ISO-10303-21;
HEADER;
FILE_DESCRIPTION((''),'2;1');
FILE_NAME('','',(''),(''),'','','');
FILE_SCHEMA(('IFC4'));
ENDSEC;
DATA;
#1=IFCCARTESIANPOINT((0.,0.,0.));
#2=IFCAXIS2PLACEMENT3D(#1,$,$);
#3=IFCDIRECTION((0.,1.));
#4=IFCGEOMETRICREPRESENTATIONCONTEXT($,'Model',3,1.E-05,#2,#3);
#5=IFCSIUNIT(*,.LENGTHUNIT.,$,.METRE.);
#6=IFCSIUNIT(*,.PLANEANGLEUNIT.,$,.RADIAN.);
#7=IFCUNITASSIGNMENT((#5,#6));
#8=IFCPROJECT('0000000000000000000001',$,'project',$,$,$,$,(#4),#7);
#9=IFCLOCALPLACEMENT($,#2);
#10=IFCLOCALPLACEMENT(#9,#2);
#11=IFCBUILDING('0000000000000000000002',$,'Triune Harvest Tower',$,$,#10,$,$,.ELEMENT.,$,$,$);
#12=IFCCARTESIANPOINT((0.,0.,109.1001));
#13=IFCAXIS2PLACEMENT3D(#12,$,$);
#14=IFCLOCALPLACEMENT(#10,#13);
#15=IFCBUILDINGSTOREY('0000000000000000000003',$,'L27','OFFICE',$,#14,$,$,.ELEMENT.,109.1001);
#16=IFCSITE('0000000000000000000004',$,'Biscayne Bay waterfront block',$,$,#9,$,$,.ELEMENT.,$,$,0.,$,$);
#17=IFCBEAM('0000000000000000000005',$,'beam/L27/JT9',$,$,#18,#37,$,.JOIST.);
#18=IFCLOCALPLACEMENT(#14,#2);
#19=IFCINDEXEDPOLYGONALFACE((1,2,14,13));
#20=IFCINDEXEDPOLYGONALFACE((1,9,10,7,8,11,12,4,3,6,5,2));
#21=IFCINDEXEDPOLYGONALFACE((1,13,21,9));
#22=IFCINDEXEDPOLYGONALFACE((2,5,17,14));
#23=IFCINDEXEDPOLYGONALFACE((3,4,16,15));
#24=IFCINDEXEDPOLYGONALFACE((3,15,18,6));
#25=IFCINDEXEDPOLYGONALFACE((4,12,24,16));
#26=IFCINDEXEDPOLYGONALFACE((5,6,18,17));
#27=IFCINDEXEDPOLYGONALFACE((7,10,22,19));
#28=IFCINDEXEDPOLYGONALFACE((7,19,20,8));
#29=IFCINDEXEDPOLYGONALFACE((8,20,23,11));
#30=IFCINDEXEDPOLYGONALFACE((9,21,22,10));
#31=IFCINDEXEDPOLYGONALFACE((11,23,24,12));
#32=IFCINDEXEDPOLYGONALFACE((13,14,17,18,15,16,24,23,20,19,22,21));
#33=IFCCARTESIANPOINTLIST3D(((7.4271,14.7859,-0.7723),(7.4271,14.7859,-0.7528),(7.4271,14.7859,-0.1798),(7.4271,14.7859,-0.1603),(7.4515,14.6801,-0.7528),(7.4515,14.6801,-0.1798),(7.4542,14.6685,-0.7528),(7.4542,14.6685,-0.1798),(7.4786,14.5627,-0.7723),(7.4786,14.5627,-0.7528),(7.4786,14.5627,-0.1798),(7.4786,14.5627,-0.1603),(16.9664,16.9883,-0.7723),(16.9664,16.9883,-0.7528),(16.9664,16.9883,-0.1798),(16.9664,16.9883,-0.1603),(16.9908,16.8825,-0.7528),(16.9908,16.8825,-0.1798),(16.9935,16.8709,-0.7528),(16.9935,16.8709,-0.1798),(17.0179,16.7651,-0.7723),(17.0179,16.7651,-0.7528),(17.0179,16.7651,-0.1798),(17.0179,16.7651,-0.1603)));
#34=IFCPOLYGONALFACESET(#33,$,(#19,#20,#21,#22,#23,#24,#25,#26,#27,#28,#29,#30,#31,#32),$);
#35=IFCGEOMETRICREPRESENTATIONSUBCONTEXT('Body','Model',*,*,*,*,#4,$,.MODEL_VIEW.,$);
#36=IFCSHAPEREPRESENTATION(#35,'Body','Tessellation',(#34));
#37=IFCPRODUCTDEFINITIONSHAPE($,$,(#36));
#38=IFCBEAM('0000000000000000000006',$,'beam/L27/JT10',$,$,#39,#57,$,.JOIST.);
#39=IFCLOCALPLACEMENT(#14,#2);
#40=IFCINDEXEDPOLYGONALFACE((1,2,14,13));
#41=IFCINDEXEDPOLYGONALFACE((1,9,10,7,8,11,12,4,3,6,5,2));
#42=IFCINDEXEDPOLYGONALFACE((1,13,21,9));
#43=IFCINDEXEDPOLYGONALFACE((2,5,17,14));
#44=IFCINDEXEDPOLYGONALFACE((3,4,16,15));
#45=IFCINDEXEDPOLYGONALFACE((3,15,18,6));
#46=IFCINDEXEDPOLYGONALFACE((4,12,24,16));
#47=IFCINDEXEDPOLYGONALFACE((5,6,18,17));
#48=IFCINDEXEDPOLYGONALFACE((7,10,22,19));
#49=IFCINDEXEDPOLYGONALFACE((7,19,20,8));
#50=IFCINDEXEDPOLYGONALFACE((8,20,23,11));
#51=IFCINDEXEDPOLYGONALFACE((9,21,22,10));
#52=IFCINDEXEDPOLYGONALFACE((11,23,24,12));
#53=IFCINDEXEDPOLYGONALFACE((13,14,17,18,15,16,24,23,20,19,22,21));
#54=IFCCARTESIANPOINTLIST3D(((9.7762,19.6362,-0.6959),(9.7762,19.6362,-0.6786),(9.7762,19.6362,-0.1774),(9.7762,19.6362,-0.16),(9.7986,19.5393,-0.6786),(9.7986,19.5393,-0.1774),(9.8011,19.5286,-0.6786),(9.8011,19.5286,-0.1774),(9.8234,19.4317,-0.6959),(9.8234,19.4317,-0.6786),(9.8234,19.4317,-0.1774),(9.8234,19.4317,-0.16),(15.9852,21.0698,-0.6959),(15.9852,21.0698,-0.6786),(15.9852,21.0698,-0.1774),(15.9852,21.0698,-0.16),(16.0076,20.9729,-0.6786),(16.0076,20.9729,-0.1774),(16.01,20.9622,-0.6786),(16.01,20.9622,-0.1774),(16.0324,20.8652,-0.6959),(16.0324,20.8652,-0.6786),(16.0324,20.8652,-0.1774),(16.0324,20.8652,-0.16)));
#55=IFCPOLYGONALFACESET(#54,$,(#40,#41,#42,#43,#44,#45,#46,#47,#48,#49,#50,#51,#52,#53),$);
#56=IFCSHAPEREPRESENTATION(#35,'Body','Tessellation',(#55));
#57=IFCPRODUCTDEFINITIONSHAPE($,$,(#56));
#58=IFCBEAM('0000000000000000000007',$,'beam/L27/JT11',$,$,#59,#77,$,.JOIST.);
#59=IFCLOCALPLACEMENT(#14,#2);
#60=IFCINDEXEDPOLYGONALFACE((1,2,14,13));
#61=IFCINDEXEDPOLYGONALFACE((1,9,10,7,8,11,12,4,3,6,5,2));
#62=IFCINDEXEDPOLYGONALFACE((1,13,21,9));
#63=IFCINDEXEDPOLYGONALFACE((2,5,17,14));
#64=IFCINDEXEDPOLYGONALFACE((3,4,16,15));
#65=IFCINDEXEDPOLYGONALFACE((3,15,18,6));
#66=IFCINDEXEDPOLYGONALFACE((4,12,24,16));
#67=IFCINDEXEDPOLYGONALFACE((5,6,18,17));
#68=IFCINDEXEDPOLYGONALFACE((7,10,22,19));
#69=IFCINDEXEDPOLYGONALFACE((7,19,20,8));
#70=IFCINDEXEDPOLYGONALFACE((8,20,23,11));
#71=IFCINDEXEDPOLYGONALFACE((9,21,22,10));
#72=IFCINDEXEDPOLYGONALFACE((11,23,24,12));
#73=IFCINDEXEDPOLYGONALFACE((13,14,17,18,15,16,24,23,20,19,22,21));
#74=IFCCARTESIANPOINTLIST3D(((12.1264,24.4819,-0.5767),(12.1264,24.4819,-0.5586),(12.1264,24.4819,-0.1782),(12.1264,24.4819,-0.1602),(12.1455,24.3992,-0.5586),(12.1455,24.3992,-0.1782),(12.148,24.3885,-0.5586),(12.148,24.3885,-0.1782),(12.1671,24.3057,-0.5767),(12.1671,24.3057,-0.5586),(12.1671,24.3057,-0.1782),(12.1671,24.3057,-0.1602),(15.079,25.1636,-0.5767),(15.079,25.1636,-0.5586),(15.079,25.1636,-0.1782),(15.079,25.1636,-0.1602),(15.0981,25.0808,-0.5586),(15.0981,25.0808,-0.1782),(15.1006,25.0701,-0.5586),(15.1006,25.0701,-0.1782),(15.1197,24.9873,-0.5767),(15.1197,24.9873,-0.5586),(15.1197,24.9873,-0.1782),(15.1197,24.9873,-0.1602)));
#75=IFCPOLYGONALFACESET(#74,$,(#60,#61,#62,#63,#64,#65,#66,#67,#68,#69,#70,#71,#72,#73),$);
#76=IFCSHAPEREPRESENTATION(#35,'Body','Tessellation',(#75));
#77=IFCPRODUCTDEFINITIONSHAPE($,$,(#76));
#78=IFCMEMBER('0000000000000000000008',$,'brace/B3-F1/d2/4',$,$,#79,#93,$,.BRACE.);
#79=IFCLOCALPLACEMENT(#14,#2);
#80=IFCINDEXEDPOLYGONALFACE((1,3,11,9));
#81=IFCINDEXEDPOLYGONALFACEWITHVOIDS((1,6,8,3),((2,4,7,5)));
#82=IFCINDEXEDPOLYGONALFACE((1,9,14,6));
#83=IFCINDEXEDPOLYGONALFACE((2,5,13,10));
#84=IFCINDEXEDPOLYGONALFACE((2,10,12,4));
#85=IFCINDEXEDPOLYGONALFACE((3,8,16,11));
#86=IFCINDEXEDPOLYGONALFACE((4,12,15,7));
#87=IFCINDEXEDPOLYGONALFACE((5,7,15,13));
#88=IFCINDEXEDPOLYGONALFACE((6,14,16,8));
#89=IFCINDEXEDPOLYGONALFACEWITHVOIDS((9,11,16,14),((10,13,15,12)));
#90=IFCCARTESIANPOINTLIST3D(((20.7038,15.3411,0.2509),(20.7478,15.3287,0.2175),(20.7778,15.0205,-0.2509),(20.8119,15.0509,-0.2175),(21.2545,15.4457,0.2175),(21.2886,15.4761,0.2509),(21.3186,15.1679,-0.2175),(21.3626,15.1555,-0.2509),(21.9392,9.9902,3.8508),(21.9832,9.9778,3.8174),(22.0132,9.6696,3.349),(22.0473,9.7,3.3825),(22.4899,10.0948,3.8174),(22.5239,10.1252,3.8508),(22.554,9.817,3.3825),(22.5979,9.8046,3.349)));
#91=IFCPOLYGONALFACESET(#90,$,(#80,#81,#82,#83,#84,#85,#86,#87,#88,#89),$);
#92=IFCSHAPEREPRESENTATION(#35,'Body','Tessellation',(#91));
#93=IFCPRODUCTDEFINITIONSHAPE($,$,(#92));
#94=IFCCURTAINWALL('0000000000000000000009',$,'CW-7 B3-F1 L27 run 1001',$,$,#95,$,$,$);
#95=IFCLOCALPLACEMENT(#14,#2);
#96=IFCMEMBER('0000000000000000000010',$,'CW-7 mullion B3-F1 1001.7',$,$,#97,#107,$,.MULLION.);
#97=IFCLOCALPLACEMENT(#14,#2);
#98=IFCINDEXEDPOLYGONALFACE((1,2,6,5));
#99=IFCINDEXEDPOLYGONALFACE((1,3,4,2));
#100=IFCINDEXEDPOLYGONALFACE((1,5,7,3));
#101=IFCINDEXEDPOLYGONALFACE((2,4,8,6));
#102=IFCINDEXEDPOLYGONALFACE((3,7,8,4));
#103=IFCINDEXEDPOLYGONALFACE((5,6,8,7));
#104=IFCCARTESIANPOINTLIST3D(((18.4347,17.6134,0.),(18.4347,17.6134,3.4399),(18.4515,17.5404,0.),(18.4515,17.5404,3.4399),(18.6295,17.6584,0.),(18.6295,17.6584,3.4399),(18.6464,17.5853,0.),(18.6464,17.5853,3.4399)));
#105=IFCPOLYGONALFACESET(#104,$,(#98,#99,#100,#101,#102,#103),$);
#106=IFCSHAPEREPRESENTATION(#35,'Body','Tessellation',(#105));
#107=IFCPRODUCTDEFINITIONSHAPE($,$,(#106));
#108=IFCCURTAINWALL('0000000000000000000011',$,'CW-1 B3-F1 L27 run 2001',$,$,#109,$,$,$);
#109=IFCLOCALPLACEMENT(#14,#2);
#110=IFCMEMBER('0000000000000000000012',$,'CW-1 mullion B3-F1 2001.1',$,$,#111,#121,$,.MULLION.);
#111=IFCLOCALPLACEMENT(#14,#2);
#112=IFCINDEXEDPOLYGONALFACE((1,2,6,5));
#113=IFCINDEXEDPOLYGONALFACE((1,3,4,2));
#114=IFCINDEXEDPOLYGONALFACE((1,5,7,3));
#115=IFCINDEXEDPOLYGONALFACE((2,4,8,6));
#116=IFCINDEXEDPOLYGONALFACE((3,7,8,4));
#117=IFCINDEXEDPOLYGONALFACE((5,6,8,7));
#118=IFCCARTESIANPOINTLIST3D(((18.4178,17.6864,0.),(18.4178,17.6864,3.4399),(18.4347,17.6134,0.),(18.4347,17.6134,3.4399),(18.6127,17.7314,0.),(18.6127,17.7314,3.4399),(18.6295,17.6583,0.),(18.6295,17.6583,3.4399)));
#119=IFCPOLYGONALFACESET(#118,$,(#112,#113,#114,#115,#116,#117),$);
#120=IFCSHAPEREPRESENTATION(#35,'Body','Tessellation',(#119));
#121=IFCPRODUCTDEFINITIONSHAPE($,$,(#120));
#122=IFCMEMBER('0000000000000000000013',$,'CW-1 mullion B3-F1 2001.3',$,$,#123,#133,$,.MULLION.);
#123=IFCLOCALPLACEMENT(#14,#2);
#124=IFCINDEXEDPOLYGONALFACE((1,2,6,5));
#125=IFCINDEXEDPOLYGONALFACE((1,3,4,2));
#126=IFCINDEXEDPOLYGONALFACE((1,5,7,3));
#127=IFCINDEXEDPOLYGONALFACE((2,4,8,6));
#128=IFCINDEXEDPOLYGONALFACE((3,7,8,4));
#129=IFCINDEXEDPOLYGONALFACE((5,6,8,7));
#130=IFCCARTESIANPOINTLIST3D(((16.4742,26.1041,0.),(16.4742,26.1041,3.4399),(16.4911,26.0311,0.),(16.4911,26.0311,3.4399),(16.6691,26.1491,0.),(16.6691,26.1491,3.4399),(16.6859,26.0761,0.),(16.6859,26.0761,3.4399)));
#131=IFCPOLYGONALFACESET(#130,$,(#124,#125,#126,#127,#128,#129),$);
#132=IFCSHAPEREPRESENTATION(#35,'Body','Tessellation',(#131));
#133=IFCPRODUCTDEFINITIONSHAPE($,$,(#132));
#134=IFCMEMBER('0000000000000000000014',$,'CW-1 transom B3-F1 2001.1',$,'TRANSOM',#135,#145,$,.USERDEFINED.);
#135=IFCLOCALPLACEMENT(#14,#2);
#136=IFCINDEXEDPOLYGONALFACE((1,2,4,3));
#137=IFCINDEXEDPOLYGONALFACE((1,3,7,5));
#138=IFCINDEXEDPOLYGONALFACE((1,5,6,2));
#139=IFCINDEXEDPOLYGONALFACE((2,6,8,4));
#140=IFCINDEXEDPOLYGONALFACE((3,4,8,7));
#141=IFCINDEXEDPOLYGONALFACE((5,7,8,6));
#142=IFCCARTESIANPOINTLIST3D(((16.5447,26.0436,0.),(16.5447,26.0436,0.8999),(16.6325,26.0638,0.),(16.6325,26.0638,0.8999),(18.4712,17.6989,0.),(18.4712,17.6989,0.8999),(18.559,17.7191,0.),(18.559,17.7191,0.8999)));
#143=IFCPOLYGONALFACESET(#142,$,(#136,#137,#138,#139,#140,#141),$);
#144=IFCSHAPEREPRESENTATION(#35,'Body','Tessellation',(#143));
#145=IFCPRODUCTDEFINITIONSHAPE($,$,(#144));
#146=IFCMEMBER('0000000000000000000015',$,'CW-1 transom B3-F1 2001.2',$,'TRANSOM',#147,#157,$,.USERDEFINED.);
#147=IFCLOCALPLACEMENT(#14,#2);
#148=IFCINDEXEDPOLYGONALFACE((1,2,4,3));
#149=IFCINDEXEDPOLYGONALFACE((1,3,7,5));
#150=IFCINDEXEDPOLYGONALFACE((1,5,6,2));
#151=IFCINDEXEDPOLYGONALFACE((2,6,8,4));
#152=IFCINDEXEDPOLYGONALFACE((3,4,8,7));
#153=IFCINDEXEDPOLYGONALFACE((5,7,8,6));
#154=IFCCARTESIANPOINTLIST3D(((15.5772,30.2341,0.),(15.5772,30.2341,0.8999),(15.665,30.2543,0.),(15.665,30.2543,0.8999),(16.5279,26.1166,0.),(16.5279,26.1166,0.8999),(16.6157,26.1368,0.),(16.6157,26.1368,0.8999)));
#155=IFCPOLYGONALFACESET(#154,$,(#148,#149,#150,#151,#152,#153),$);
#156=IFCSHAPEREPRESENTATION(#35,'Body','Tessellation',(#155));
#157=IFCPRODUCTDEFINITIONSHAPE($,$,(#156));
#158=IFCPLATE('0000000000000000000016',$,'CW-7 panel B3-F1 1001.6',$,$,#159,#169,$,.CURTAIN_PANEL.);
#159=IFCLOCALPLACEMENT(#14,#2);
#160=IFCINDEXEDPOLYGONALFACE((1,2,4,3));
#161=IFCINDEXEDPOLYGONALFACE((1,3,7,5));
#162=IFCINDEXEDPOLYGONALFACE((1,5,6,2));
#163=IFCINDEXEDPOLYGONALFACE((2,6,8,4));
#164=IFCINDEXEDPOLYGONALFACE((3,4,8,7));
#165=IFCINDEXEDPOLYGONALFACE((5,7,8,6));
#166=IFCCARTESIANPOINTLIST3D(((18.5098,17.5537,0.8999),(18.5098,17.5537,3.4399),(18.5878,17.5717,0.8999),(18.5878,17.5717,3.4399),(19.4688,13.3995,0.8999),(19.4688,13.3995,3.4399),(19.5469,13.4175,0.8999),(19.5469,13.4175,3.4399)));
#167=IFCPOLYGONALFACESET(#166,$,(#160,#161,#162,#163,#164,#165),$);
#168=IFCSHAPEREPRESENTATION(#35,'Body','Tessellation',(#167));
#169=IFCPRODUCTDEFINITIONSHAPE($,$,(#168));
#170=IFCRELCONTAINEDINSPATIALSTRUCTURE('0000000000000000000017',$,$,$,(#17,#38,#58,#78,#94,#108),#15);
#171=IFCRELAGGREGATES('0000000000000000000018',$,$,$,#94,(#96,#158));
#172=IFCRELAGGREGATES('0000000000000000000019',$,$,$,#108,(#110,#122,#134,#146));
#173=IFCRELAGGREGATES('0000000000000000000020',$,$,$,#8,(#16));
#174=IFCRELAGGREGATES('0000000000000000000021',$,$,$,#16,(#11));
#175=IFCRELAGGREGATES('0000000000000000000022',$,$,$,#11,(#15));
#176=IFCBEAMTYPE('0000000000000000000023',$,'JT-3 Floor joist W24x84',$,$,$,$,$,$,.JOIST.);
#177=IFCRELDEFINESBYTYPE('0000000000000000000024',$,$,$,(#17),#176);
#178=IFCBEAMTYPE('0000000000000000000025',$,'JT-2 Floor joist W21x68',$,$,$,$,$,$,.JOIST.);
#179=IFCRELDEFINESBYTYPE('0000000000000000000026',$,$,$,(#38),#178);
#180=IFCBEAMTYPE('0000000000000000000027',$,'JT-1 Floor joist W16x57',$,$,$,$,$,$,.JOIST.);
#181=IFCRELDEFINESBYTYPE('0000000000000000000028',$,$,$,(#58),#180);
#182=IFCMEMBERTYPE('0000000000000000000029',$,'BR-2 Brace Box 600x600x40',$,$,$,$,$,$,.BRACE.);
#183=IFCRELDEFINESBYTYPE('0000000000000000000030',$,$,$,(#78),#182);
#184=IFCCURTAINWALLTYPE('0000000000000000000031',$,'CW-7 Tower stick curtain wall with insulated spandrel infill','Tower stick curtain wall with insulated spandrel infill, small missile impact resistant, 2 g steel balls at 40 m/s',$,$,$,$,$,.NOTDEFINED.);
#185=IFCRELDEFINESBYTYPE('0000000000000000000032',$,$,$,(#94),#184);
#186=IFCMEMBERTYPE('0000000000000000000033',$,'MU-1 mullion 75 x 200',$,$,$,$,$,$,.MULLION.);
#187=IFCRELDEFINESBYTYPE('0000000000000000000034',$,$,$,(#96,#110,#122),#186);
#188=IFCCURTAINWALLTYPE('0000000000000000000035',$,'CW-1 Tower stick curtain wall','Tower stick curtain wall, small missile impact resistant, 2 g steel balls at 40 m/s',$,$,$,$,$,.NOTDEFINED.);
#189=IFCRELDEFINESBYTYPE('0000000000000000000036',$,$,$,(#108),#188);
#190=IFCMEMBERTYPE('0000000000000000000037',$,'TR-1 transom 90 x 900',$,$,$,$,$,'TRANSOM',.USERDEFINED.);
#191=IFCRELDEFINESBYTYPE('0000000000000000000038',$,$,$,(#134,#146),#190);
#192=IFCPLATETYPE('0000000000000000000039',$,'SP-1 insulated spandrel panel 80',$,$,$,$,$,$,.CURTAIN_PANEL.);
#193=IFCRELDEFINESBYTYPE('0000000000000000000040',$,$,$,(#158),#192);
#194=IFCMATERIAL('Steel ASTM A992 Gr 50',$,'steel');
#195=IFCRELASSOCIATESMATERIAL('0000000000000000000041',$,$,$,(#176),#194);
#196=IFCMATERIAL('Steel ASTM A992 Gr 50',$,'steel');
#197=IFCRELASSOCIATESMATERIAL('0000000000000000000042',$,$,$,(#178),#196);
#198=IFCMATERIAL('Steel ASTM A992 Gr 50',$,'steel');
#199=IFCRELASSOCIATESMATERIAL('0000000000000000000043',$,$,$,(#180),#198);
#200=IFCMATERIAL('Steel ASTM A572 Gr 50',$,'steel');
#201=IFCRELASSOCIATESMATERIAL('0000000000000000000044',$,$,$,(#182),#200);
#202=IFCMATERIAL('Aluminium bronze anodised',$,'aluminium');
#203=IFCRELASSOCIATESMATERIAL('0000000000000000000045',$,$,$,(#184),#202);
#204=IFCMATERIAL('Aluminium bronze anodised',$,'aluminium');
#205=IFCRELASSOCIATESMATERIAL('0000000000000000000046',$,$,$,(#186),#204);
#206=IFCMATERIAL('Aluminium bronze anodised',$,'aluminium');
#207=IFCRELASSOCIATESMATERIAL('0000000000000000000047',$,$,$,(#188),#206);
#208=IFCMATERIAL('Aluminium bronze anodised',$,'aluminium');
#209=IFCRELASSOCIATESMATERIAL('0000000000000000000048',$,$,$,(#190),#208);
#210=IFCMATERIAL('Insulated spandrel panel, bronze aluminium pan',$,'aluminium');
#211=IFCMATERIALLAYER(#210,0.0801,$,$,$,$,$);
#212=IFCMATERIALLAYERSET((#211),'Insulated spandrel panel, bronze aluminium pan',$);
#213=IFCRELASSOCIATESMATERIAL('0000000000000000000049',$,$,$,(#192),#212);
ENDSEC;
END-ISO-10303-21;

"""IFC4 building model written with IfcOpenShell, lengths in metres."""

from ifc_helpers import new_model, si_unit, direction, frame, origin, origin_2d, place, context, subcontext, project, spatial, rectangle, hollow_rectangle, i_section, extrude, source, transform, mapped, material, layer, layer_set, material_profile, profile_set, type_object, element, aggregate, save


model = new_model("IFC4")

# Units and contexts
model_context = context("Model", 3, precision=1e-05, world=origin(), true_north=direction((0.0, 1.0)))
body_context = subcontext(model_context, "Body", "Model", "MODEL_VIEW")
ifc_project = project(units=[si_unit("LENGTHUNIT", "METRE"), si_unit("PLANEANGLEUNIT", "RADIAN")], contexts=[model_context])

# Site, building, storey
site_placement = place(None, origin())
site = spatial("IfcSite", under=ifc_project, at=site_placement, Name="Biscayne Bay waterfront block", CompositionType="ELEMENT", RefElevation=0.0)
building_placement = place(site_placement, origin())
building = spatial("IfcBuilding", under=site, at=building_placement, Name="Triune Harvest Tower", CompositionType="ELEMENT")
storey_placement = place(building_placement, frame((0.0, 0.0, 109.1001)))
storey = spatial("IfcBuildingStorey", under=building, at=storey_placement, Name="L27", Description="OFFICE", CompositionType="ELEMENT", Elevation=109.1001)

# Beams
ifc_material_1 = material(Name="Steel ASTM A992 Gr 50", Category="steel")
ifc_material_profile_1 = material_profile(ifc_material_1, i_section(OverallWidth=0.229, OverallDepth=0.6121, WebThickness=0.012, FlangeThickness=0.0195, at=origin_2d()), Name="W24x84")
ifc_profile_set_1 = profile_set([ifc_material_profile_1], Name="Steel ASTM A992 Gr 50")
beam_type_1 = type_object("IfcBeamType", Name="JT-3 Floor joist W24x84", PredefinedType="JOIST", material=ifc_profile_set_1)
shared_shape_1 = source(origin(), body_context, "Body", "SweptSolid", [
    extrude(i_section(OverallWidth=0.229, OverallDepth=0.6121, WebThickness=0.012, FlangeThickness=0.0195, at=origin_2d()), origin(), (0.0, 0.0, 1.0), 9.7903),
])
beam_1_placement = place(storey_placement, frame((16.9922, 16.8767, -0.4663), z_axis=(-0.974368, -0.224958, 0.0), x_axis=(0.224958, -0.974368, 0.0)))
element("IfcBeam", 1, at=beam_1_placement, inside=storey, type_object=beam_type_1, Name="beam/L27/JT9", PredefinedType="JOIST", context=body_context, shape_type="MappedRepresentation", body=[
    mapped(shared_shape_1, transform((0.0, 0.0, 0.0), scale=1.0)),
])
ifc_material_2 = material(Name="Steel ASTM A992 Gr 50", Category="steel")
ifc_material_profile_2 = material_profile(ifc_material_2, i_section(OverallWidth=0.21, OverallDepth=0.5359, WebThickness=0.011, FlangeThickness=0.0173, at=origin_2d()), Name="W21x68")
ifc_profile_set_2 = profile_set([ifc_material_profile_2], Name="Steel ASTM A992 Gr 50")
beam_type_2 = type_object("IfcBeamType", Name="JT-2 Floor joist W21x68", PredefinedType="JOIST", material=ifc_profile_set_2)
shared_shape_2 = source(origin(), body_context, "Body", "SweptSolid", [
    extrude(i_section(OverallWidth=0.21, OverallDepth=0.5359, WebThickness=0.011, FlangeThickness=0.0173, at=origin_2d()), origin(), (0.0, 0.0, 1.0), 6.3723),
])
beam_2_placement = place(storey_placement, frame((16.0088, 20.9675, -0.428), z_axis=(-0.974365, -0.224971, 0.0), x_axis=(0.224971, -0.974365, 0.0)))
element("IfcBeam", 2, at=beam_2_placement, inside=storey, type_object=beam_type_2, Name="beam/L27/JT10", PredefinedType="JOIST", context=body_context, shape_type="MappedRepresentation", body=[
    mapped(shared_shape_2, transform((0.0, 0.0, 0.0), scale=1.0)),
])
ifc_material_3 = material(Name="Steel ASTM A992 Gr 50", Category="steel")
ifc_material_profile_3 = material_profile(ifc_material_3, i_section(OverallWidth=0.1809, OverallDepth=0.4165, WebThickness=0.011, FlangeThickness=0.0181, at=origin_2d()), Name="W16x57")
ifc_profile_set_3 = profile_set([ifc_material_profile_3], Name="Steel ASTM A992 Gr 50")
beam_type_3 = type_object("IfcBeamType", Name="JT-1 Floor joist W16x57", PredefinedType="JOIST", material=ifc_profile_set_3)
shared_shape_3 = source(origin(), body_context, "Body", "SweptSolid", [
    extrude(i_section(OverallWidth=0.1809, OverallDepth=0.4165, WebThickness=0.011, FlangeThickness=0.0181, at=origin_2d()), origin(), (0.0, 0.0, 1.0), 3.0303),
])
beam_3_placement = place(storey_placement, frame((15.0994, 25.0754, -0.3684), z_axis=(-0.974372, -0.224942, 0.0), x_axis=(0.224942, -0.974372, 0.0)))
element("IfcBeam", 3, at=beam_3_placement, inside=storey, type_object=beam_type_3, Name="beam/L27/JT11", PredefinedType="JOIST", context=body_context, shape_type="MappedRepresentation", body=[
    mapped(shared_shape_3, transform((0.0, 0.0, 0.0), scale=1.0)),
])

# Member
ifc_material_4 = material(Name="Steel ASTM A572 Gr 50", Category="steel")
ifc_material_profile_4 = material_profile(ifc_material_4, hollow_rectangle(XDim=0.6001, YDim=0.6001, WallThickness=0.04, at=origin_2d()), Name="Box 600x600x40")
ifc_profile_set_4 = profile_set([ifc_material_profile_4], Name="Steel ASTM A572 Gr 50")
member_type_1 = type_object("IfcMemberType", Name="BR-2 Brace Box 600x600x40", PredefinedType="BRACE", material=ifc_profile_set_4)
shared_shape_4 = source(origin(), body_context, "Body", "SweptSolid", [
    extrude(hollow_rectangle(XDim=0.6001, YDim=0.6001, WallThickness=0.04, at=origin_2d()), origin(), (0.0, 0.0, 1.0), 6.5664),
])
member_1_placement = place(storey_placement, frame((21.0332, 15.2483, 0.0), z_axis=(0.188135, -0.814892, 0.548231), x_axis=(0.974369, 0.224954, 0.0)))
element("IfcMember", 4, at=member_1_placement, inside=storey, type_object=member_type_1, Name="brace/B3-F1/d2/4", PredefinedType="BRACE", context=body_context, shape_type="MappedRepresentation", body=[
    mapped(shared_shape_4, transform((0.0, 0.0, 0.0), scale=1.0)),
])

# Curtain wall, member
ifc_material_5 = material(Name="Aluminium bronze anodised", Category="aluminium")
curtain_wall_type_1 = type_object("IfcCurtainWallType", Name="CW-7 Tower stick curtain wall with insulated spandrel infill", Description="Tower stick curtain wall with insulated spandrel infill, small missile impact resistant, 2 g steel balls at 40 m/s", PredefinedType="NOTDEFINED", material=ifc_material_5)
curtain_wall_1_placement = place(storey_placement, origin())
curtain_wall_1 = element("IfcCurtainWall", 5, at=curtain_wall_1_placement, inside=storey, type_object=curtain_wall_type_1, Name="CW-7 B3-F1 L27 run 1001")
ifc_material_6 = material(Name="Aluminium bronze anodised", Category="aluminium")
ifc_material_profile_5 = material_profile(ifc_material_6, rectangle(XDim=0.2, YDim=0.075, at=origin_2d()), Name="MU-1 mullion 75 x 200")
ifc_profile_set_5 = profile_set([ifc_material_profile_5], Name="Aluminium bronze anodised")
member_type_2 = type_object("IfcMemberType", Name="MU-1 mullion 75 x 200", PredefinedType="MULLION", material=ifc_profile_set_5)
shared_shape_5 = source(origin(), body_context, "Body", "SweptSolid", [
    extrude(rectangle(XDim=0.2, YDim=0.075, at=origin_2d()), origin(), (0.0, 0.0, 1.0), 3.4399),
])
member_2_placement = place(storey_placement, frame((18.5405, 17.5994, 0.0), z_axis=(0.0, 0.0, 1.0), x_axis=(-0.97437, -0.224952, 0.0)))
member_2 = element("IfcMember", 6, at=member_2_placement, type_object=member_type_2, Name="CW-7 mullion B3-F1 1001.7", PredefinedType="MULLION", context=body_context, shape_type="MappedRepresentation", body=[
    mapped(shared_shape_5, transform((0.0, 0.0, 0.0), scale=1.0)),
])

# Curtain wall, members
ifc_material_7 = material(Name="Aluminium bronze anodised", Category="aluminium")
curtain_wall_type_2 = type_object("IfcCurtainWallType", Name="CW-1 Tower stick curtain wall", Description="Tower stick curtain wall, small missile impact resistant, 2 g steel balls at 40 m/s", PredefinedType="NOTDEFINED", material=ifc_material_7)
curtain_wall_2_placement = place(storey_placement, origin())
curtain_wall_2 = element("IfcCurtainWall", 7, at=curtain_wall_2_placement, inside=storey, type_object=curtain_wall_type_2, Name="CW-1 B3-F1 L27 run 2001")
member_3_placement = place(storey_placement, frame((18.5237, 17.6724, 0.0), z_axis=(0.0, 0.0, 1.0), x_axis=(-0.97437, -0.224951, 0.0)))
member_3 = element("IfcMember", 8, at=member_3_placement, type_object=member_type_2, Name="CW-1 mullion B3-F1 2001.1", PredefinedType="MULLION", context=body_context, shape_type="MappedRepresentation", body=[
    mapped(shared_shape_5, transform((0.0, 0.0, 0.0), scale=1.0)),
])
member_4_placement = place(storey_placement, frame((16.5801, 26.0901, 0.0), z_axis=(0.0, 0.0, 1.0), x_axis=(-0.97437, -0.224951, 0.0)))
member_4 = element("IfcMember", 9, at=member_4_placement, type_object=member_type_2, Name="CW-1 mullion B3-F1 2001.3", PredefinedType="MULLION", context=body_context, shape_type="MappedRepresentation", body=[
    mapped(shared_shape_5, transform((0.0, 0.0, 0.0), scale=1.0)),
])
ifc_material_8 = material(Name="Aluminium bronze anodised", Category="aluminium")
ifc_material_profile_6 = material_profile(ifc_material_8, rectangle(XDim=0.0901, YDim=0.8999, at=origin_2d()), Name="TR-1 transom 90 x 900")
ifc_profile_set_6 = profile_set([ifc_material_profile_6], Name="Aluminium bronze anodised")
member_type_3 = type_object("IfcMemberType", Name="TR-1 transom 90 x 900", ElementType="TRANSOM", PredefinedType="USERDEFINED", material=ifc_profile_set_6)
shared_shape_6 = source(origin(), body_context, "Body", "SweptSolid", [
    extrude(rectangle(XDim=0.0901, YDim=0.8999, at=origin_2d()), origin(), (0.0, 0.0, 1.0), 8.5642),
])
member_5_placement = place(storey_placement, frame((18.5151, 17.709, 0.45), z_axis=(-0.224949, 0.974371, 0.0), x_axis=(-0.974371, -0.224949, 0.0)))
member_5 = element("IfcMember", 10, at=member_5_placement, type_object=member_type_3, Name="CW-1 transom B3-F1 2001.1", ObjectType="TRANSOM", PredefinedType="USERDEFINED", context=body_context, shape_type="MappedRepresentation", body=[
    mapped(shared_shape_6, transform((0.0, 0.0, 0.0), scale=1.0)),
])
shared_shape_7 = source(origin(), body_context, "Body", "SweptSolid", [
    extrude(rectangle(XDim=0.0901, YDim=0.8999, at=origin_2d()), origin(), (0.0, 0.0, 1.0), 4.2258),
])
member_6_placement = place(storey_placement, frame((16.5718, 26.1267, 0.45), z_axis=(-0.224973, 0.974365, 0.0), x_axis=(-0.974365, -0.224973, 0.0)))
member_6 = element("IfcMember", 11, at=member_6_placement, type_object=member_type_3, Name="CW-1 transom B3-F1 2001.2", ObjectType="TRANSOM", PredefinedType="USERDEFINED", context=body_context, shape_type="MappedRepresentation", body=[
    mapped(shared_shape_7, transform((0.0, 0.0, 0.0), scale=1.0)),
])

# Plate
ifc_material_9 = material(Name="Insulated spandrel panel, bronze aluminium pan", Category="aluminium")
ifc_layer_1 = layer(ifc_material_9, 0.0801)
ifc_layer_set_1 = layer_set([ifc_layer_1], Name="Insulated spandrel panel, bronze aluminium pan")
plate_type_1 = type_object("IfcPlateType", Name="SP-1 insulated spandrel panel 80", PredefinedType="CURTAIN_PANEL", material=ifc_layer_set_1)
shared_shape_8 = source(origin(), body_context, "Body", "SweptSolid", [
    extrude(rectangle(XDim=4.2634, YDim=0.0801, at=origin_2d()), origin(), (0.0, 0.0, 1.0), 2.54),
])
plate_1_placement = place(storey_placement, frame((19.0283, 15.4856, 0.8999), z_axis=(0.0, 0.0, 1.0), x_axis=(-0.224952, 0.97437, 0.0)))
plate_1 = element("IfcPlate", 12, at=plate_1_placement, type_object=plate_type_1, Name="CW-7 panel B3-F1 1001.6", PredefinedType="CURTAIN_PANEL", context=body_context, shape_type="MappedRepresentation", body=[
    mapped(shared_shape_8, transform((0.0, 0.0, 0.0), scale=1.0)),
])
aggregate(curtain_wall_1, [member_2, plate_1])
aggregate(curtain_wall_2, [member_3, member_4, member_5, member_6])

save(model, "model.ifc")
